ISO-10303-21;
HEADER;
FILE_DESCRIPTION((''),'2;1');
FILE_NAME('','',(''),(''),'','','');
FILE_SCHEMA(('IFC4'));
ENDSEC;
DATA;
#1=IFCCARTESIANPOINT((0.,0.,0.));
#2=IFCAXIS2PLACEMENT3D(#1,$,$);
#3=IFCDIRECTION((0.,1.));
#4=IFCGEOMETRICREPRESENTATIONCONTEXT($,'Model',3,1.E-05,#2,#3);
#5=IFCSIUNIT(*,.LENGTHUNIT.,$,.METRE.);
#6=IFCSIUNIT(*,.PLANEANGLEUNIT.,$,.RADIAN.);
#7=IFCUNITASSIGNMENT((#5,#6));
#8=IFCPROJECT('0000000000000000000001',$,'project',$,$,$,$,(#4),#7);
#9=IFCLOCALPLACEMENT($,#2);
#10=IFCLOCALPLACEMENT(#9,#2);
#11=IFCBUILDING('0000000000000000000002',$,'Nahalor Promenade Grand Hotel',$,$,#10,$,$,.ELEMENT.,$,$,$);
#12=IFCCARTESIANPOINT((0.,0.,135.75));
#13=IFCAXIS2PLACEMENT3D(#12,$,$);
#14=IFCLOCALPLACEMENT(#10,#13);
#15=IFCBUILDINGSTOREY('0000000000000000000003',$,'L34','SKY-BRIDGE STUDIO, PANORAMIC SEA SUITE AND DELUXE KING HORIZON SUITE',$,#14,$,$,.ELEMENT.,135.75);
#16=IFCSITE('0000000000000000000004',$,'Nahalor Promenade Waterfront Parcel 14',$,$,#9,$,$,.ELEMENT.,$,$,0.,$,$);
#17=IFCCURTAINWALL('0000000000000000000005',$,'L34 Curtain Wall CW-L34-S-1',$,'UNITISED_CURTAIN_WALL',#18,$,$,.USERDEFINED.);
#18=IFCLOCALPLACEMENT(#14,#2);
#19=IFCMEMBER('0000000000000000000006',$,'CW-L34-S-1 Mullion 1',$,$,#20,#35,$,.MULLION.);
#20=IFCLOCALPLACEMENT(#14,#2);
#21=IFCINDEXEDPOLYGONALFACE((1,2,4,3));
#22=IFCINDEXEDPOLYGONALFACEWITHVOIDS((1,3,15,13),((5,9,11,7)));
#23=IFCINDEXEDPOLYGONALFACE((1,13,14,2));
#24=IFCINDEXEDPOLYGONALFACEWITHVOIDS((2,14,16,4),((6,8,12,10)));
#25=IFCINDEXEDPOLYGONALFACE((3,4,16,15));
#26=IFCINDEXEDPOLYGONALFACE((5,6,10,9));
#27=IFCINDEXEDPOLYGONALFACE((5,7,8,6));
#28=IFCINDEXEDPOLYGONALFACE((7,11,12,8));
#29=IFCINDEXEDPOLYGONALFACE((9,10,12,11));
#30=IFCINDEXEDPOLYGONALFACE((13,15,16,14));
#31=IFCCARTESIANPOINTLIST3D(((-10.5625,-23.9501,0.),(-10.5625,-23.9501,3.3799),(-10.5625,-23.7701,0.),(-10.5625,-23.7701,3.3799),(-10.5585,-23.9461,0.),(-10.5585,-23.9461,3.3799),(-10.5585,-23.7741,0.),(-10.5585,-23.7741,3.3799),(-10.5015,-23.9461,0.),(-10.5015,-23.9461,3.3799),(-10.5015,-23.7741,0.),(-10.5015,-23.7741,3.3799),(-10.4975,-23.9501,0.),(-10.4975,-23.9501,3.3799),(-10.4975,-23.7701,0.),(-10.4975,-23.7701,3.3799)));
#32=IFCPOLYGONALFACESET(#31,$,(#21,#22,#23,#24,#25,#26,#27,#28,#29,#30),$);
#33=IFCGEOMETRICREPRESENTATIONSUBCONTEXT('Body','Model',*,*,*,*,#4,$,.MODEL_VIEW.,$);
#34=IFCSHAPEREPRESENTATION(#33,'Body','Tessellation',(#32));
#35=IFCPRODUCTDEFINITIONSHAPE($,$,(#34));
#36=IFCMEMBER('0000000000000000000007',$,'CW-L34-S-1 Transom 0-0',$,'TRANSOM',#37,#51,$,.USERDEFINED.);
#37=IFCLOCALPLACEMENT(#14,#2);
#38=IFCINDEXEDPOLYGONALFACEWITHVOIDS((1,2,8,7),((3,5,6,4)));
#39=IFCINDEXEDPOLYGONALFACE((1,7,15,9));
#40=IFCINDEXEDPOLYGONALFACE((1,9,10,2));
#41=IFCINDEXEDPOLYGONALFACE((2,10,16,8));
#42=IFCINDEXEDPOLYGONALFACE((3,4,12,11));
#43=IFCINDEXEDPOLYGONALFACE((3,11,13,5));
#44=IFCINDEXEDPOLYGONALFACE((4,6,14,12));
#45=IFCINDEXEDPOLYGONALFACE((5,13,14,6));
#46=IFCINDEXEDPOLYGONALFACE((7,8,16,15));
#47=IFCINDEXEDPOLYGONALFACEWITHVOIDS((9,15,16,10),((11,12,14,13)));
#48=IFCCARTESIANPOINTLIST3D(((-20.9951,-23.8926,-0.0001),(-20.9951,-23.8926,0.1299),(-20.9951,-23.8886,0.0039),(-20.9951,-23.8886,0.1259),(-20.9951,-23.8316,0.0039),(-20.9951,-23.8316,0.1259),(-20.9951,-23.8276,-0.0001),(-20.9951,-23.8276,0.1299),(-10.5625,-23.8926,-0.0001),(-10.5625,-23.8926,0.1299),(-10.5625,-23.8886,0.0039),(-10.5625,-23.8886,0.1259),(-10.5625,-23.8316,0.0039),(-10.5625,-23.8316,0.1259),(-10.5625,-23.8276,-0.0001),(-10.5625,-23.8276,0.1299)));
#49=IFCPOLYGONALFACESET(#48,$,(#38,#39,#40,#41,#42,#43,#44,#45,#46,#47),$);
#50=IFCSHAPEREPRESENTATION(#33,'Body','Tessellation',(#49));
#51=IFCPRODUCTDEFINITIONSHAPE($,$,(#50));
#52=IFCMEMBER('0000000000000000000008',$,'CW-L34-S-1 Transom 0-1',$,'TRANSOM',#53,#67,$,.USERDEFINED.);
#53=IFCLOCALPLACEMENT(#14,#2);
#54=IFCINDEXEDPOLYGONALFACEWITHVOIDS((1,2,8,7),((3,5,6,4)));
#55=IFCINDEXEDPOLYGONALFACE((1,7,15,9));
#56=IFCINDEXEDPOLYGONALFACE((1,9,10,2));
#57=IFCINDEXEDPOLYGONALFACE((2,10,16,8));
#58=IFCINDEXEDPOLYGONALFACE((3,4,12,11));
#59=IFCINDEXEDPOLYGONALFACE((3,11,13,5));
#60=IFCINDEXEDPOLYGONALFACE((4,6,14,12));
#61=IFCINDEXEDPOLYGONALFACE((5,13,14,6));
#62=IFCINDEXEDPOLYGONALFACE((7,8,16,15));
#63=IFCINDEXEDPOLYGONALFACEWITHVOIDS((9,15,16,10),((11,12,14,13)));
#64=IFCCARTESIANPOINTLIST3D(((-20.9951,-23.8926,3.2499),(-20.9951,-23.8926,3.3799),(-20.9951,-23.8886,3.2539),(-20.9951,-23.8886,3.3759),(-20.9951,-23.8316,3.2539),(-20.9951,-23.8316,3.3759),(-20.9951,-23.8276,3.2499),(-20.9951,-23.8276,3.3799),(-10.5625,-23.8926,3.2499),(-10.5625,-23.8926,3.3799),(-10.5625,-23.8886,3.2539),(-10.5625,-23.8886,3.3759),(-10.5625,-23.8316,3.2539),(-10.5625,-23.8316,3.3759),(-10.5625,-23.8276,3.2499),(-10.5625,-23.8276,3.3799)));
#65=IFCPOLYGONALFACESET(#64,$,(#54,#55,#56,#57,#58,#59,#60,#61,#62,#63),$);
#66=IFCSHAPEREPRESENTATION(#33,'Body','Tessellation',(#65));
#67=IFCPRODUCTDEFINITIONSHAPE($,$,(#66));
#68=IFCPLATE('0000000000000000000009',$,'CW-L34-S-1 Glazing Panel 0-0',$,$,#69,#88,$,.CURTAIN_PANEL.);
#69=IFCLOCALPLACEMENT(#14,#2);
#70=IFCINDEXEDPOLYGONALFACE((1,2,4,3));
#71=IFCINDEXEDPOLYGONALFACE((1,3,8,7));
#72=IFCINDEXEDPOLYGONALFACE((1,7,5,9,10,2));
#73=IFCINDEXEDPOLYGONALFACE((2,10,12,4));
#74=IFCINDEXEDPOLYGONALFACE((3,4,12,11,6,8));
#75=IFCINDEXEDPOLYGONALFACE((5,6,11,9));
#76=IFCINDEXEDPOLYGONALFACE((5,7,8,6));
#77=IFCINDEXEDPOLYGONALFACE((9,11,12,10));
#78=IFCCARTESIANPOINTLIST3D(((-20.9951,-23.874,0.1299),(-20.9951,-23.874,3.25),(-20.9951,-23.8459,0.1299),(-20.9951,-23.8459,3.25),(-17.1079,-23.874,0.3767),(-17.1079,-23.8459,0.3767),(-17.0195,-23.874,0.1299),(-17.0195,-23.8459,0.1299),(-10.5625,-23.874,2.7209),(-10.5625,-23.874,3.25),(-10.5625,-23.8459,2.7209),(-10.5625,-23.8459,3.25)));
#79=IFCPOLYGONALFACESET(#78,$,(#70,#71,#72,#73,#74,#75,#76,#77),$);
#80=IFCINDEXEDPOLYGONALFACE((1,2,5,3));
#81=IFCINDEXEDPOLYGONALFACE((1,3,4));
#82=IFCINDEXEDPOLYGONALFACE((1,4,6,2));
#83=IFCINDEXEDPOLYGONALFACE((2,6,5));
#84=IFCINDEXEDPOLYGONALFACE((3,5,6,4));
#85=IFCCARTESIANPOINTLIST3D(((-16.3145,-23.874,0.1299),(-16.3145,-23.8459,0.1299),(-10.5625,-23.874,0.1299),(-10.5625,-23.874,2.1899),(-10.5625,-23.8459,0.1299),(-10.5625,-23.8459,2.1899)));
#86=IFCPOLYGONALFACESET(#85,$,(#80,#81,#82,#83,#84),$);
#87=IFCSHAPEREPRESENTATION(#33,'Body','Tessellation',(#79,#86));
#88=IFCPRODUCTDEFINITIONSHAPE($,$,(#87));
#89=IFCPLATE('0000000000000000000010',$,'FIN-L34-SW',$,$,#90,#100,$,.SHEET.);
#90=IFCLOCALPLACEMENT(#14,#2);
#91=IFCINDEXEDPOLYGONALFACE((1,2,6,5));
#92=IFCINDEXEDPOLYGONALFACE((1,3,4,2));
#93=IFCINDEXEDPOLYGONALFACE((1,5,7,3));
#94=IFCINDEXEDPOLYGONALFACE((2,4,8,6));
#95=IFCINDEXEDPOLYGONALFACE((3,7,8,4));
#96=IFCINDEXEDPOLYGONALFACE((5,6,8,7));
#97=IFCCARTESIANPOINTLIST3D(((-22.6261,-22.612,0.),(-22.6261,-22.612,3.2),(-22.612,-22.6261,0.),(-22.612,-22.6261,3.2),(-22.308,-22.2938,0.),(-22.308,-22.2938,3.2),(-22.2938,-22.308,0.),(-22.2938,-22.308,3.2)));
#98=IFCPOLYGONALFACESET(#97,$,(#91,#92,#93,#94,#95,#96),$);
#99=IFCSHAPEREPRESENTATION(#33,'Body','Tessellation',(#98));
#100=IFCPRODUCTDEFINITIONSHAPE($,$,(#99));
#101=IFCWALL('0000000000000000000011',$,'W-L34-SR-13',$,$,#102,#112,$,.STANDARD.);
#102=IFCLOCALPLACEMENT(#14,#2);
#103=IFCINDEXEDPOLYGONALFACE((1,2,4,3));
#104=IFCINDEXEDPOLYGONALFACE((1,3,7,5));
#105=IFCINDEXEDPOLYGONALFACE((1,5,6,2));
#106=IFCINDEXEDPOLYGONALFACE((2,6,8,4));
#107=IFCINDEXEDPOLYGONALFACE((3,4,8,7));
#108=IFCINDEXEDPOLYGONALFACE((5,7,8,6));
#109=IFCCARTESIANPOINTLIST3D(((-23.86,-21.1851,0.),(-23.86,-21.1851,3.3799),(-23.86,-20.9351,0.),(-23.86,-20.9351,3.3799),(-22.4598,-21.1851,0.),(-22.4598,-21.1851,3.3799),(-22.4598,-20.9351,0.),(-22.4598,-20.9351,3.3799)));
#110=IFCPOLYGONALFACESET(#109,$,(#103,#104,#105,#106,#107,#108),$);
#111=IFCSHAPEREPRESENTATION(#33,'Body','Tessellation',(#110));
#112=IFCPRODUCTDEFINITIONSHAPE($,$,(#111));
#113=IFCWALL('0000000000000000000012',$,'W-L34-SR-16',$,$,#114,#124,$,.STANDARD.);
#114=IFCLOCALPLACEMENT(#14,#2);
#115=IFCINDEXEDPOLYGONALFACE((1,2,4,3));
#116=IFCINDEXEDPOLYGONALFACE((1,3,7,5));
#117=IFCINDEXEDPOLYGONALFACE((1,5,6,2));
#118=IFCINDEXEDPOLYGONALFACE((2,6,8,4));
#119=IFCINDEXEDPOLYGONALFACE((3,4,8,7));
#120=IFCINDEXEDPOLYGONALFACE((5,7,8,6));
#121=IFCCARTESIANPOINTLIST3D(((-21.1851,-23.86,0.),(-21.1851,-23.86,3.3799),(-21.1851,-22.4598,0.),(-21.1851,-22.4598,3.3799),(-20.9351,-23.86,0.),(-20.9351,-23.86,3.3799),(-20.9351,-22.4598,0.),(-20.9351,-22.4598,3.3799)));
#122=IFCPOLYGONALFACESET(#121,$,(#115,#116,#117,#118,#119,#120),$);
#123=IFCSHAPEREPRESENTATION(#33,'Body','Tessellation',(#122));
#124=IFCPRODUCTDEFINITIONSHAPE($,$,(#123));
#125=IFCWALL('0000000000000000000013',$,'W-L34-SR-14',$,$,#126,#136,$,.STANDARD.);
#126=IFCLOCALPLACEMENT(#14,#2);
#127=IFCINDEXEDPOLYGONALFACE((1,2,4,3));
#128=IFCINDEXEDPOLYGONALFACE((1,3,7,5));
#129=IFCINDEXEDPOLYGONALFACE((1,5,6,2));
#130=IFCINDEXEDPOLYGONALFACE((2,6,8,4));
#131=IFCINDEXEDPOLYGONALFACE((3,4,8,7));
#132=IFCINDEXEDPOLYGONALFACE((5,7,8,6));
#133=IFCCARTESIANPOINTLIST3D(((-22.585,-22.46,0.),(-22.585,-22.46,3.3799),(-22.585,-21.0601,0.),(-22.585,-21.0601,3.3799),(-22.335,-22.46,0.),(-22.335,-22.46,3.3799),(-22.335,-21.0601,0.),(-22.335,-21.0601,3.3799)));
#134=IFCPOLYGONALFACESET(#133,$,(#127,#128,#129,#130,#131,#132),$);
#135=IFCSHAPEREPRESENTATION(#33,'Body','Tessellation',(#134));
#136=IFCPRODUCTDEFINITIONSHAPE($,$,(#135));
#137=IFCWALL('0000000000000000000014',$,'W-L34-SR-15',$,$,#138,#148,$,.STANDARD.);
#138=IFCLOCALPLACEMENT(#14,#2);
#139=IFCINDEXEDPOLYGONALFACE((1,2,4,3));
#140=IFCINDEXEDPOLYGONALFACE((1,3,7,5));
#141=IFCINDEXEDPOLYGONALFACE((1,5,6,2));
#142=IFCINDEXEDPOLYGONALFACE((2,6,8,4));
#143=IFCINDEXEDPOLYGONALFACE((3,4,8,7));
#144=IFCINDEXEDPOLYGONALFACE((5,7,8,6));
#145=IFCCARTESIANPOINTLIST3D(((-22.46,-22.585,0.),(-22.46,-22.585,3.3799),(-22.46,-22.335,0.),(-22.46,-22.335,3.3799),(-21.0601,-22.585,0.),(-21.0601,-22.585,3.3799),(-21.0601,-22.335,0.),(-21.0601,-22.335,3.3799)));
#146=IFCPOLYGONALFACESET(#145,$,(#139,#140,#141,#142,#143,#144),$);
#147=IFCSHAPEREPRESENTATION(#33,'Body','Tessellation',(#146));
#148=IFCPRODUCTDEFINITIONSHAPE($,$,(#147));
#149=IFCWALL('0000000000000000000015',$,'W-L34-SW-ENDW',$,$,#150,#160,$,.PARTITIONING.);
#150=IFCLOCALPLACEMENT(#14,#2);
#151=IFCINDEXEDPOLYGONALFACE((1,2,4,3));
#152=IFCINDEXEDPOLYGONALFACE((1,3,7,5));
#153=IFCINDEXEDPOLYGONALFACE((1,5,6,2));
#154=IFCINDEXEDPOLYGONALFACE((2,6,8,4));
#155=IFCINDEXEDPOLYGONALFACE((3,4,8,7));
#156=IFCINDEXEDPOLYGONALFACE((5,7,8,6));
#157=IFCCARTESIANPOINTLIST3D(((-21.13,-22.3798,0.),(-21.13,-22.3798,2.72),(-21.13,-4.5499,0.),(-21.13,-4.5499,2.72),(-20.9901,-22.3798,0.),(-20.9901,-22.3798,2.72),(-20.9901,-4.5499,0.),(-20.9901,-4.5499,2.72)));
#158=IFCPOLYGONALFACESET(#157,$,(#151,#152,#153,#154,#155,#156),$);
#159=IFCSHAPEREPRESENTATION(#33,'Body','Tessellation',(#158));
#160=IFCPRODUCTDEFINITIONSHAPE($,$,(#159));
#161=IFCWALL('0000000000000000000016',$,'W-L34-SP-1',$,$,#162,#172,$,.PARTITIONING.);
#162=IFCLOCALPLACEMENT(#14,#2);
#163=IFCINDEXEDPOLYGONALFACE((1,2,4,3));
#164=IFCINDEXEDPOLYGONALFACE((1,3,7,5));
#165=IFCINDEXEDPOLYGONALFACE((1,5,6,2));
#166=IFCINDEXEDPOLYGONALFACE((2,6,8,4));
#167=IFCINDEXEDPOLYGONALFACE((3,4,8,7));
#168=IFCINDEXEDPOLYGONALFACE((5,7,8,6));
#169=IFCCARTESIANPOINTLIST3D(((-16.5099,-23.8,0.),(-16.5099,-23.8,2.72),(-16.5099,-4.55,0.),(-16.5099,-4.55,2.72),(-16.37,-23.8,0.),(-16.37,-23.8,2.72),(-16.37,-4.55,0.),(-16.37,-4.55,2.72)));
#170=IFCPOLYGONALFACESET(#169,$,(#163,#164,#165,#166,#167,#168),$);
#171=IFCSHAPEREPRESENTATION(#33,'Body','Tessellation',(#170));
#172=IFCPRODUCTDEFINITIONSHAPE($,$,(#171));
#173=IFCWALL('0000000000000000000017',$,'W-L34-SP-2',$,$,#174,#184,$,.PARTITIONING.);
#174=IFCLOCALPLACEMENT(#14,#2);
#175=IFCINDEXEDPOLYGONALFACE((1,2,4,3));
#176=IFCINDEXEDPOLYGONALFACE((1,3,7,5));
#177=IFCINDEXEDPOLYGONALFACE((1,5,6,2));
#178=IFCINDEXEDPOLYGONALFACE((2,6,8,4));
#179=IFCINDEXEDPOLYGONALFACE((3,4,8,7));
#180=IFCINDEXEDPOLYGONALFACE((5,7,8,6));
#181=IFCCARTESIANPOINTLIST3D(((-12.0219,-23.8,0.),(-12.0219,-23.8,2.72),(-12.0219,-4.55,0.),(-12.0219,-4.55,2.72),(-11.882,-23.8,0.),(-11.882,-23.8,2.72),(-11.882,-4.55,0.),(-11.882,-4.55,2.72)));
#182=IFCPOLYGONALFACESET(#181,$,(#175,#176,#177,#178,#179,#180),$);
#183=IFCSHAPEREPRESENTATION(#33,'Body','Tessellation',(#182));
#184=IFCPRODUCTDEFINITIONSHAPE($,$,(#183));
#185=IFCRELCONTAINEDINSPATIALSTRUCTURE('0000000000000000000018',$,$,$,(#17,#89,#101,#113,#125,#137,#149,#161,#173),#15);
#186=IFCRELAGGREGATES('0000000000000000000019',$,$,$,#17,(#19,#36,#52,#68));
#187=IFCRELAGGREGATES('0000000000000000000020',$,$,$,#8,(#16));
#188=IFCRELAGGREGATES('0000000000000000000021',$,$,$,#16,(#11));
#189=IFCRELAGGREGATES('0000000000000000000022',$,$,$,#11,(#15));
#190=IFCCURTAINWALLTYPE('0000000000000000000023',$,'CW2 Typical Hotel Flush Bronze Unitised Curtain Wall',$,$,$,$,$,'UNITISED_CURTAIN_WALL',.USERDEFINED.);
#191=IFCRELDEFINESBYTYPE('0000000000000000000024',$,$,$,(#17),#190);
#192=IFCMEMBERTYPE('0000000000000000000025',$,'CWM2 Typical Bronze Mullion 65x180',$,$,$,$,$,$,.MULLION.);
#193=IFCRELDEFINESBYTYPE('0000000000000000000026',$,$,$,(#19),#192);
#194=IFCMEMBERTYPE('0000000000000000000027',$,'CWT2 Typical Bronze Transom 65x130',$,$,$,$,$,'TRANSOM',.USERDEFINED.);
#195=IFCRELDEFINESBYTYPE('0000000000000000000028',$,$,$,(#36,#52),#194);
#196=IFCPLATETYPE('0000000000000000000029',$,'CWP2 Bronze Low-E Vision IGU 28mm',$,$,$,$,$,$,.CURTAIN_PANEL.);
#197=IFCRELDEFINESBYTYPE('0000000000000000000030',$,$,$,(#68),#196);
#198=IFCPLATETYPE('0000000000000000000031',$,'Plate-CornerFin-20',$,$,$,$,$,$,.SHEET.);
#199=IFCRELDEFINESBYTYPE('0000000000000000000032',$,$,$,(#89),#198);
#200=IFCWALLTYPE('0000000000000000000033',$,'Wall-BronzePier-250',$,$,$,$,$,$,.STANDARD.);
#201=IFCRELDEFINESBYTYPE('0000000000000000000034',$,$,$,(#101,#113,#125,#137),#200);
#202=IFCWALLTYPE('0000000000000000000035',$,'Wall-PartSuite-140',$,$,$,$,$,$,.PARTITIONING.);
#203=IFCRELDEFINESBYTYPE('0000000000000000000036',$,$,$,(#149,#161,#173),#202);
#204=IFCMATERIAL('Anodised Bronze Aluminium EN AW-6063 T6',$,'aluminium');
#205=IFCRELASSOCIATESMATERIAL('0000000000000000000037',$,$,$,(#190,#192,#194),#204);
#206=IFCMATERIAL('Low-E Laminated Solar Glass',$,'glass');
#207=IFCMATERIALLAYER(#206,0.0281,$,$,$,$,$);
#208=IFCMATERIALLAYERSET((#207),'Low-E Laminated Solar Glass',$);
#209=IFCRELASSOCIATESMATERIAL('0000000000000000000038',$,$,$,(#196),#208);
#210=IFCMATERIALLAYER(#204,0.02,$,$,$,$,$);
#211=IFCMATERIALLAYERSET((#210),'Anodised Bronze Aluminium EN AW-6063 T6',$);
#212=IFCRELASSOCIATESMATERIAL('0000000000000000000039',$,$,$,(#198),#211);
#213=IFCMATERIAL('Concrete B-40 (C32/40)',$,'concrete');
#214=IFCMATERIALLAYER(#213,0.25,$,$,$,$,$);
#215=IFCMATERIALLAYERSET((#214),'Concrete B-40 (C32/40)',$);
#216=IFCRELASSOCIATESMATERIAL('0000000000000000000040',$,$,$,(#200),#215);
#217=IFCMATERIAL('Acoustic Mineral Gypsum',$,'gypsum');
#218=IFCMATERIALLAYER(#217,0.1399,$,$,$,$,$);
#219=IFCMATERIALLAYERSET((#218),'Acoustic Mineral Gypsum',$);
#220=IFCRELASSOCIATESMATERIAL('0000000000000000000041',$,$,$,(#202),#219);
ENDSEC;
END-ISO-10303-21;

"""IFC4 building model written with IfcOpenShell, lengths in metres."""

from ifc_helpers import new_model, si_unit, direction, frame, frame_2d, origin, origin_2d, place, context, subcontext, project, spatial, polyline, rectangle, hollow_rectangle, outline, extrude, source, transform, mapped, material, layer, layer_set, material_profile, profile_set, type_object, element, aggregate, save


model = new_model("IFC4")

# Units and contexts
model_context = context("Model", 3, precision=1e-05, world=origin(), true_north=direction((0.0, 1.0)))
body_context = subcontext(model_context, "Body", "Model", "MODEL_VIEW")
ifc_project = project(units=[si_unit("LENGTHUNIT", "METRE"), si_unit("PLANEANGLEUNIT", "RADIAN")], contexts=[model_context])

# Site, building, storey
site_placement = place(None, origin())
site = spatial("IfcSite", under=ifc_project, at=site_placement, Name="Nahalor Promenade Waterfront Parcel 14", CompositionType="ELEMENT", RefElevation=0.0)
building_placement = place(site_placement, origin())
building = spatial("IfcBuilding", under=site, at=building_placement, Name="Nahalor Promenade Grand Hotel", CompositionType="ELEMENT")
storey_placement = place(building_placement, frame((0.0, 0.0, 135.75)))
storey = spatial("IfcBuildingStorey", under=building, at=storey_placement, Name="L34", Description="SKY-BRIDGE STUDIO, PANORAMIC SEA SUITE AND DELUXE KING HORIZON SUITE", CompositionType="ELEMENT", Elevation=135.75)

# Curtain wall, members, plate
ifc_material_1 = material(Name="Anodised Bronze Aluminium EN AW-6063 T6", Category="aluminium")
curtain_wall_type = type_object("IfcCurtainWallType", Name="CW2 Typical Hotel Flush Bronze Unitised Curtain Wall", ElementType="UNITISED_CURTAIN_WALL", PredefinedType="USERDEFINED", material=ifc_material_1)
curtain_wall_placement = place(storey_placement, origin())
curtain_wall = element("IfcCurtainWall", 1, at=curtain_wall_placement, inside=storey, type_object=curtain_wall_type, Name="L34 Curtain Wall CW-L34-S-1", ObjectType="UNITISED_CURTAIN_WALL", PredefinedType="USERDEFINED")
ifc_material_profile_1 = material_profile(ifc_material_1, hollow_rectangle(XDim=0.065, YDim=0.18, WallThickness=0.004, at=origin_2d()), Name="CWM 65x180x4")
ifc_profile_set_1 = profile_set([ifc_material_profile_1], Name="Anodised Bronze Aluminium EN AW-6063 T6")
member_type_1 = type_object("IfcMemberType", Name="CWM2 Typical Bronze Mullion 65x180", PredefinedType="MULLION", material=ifc_profile_set_1)
shared_shape_1 = source(origin(), body_context, "Body", "SweptSolid", [
    extrude(hollow_rectangle(XDim=0.065, YDim=0.18, WallThickness=0.004, at=origin_2d()), origin(), (0.0, 0.0, 1.0), 3.3799),
])
member_1_placement = place(storey_placement, frame((-10.53, -23.8601, 0.0), z_axis=(0.0, 0.0, 1.0), x_axis=(1.0, 0.0, 0.0)))
member_1 = element("IfcMember", 2, at=member_1_placement, type_object=member_type_1, Name="CW-L34-S-1 Mullion 1", PredefinedType="MULLION", context=body_context, shape_type="MappedRepresentation", body=[
    mapped(shared_shape_1, transform((0.0, 0.0, 0.0), scale=1.0)),
])
ifc_material_profile_2 = material_profile(ifc_material_1, hollow_rectangle(XDim=0.065, YDim=0.13, WallThickness=0.004, at=origin_2d()), Name="CWT 65x130x4")
ifc_profile_set_2 = profile_set([ifc_material_profile_2], Name="Anodised Bronze Aluminium EN AW-6063 T6")
member_type_2 = type_object("IfcMemberType", Name="CWT2 Typical Bronze Transom 65x130", ElementType="TRANSOM", PredefinedType="USERDEFINED", material=ifc_profile_set_2)
shared_shape_2 = source(origin(), body_context, "Body", "SweptSolid", [
    extrude(hollow_rectangle(XDim=0.065, YDim=0.13, WallThickness=0.004, at=origin_2d()), origin(), (0.0, 0.0, 1.0), 10.4326),
])
member_2_placement = place(storey_placement, frame((-20.9951, -23.8601, 0.0649), z_axis=(1.0, 0.0, 0.0), x_axis=(0.0, 1.0, 0.0)))
member_2 = element("IfcMember", 3, at=member_2_placement, type_object=member_type_2, Name="CW-L34-S-1 Transom 0-0", ObjectType="TRANSOM", PredefinedType="USERDEFINED", context=body_context, shape_type="MappedRepresentation", body=[
    mapped(shared_shape_2, transform((0.0, 0.0, 0.0), scale=1.0)),
])
member_3_placement = place(storey_placement, frame((-20.9951, -23.8601, 3.3149), z_axis=(1.0, 0.0, 0.0), x_axis=(0.0, 1.0, 0.0)))
member_3 = element("IfcMember", 4, at=member_3_placement, type_object=member_type_2, Name="CW-L34-S-1 Transom 0-1", ObjectType="TRANSOM", PredefinedType="USERDEFINED", context=body_context, shape_type="MappedRepresentation", body=[
    mapped(shared_shape_2, transform((0.0, 0.0, 0.0), scale=1.0)),
])
ifc_material_2 = material(Name="Low-E Laminated Solar Glass", Category="glass")
ifc_layer_1 = layer(ifc_material_2, 0.0281)
ifc_layer_set_1 = layer_set([ifc_layer_1], Name="Low-E Laminated Solar Glass")
plate_type_1 = type_object("IfcPlateType", Name="CWP2 Bronze Low-E Vision IGU 28mm", PredefinedType="CURTAIN_PANEL", material=ifc_layer_set_1)
plate_1_placement = place(storey_placement, frame((-15.7788, -23.8601, 0.1299), z_axis=(0.0, 0.0, 1.0), x_axis=(1.0, 0.0, 0.0)))
plate_1 = element("IfcPlate", 5, at=plate_1_placement, type_object=plate_type_1, Name="CW-L34-S-1 Glazing Panel 0-0", PredefinedType="CURTAIN_PANEL", context=body_context, shape_type="SweptSolid", body=[
    extrude(outline(polyline([(-5.2163, 3.1201), (-5.2163, 0.0), (-1.2407, 0.0), (-1.3291, 0.2468), (5.2163, 2.5911), (5.2163, 3.1201), (-5.2163, 3.1201)])), frame((0.0, 0.0142, 0.0), z_axis=(0.0, -1.0, 0.0), x_axis=(1.0, 0.0, 0.0)), (0.0, 0.0, 1.0), 0.0281),
    extrude(outline(polyline([(-0.5356, 0.0), (5.2163, 0.0), (5.2163, 2.0601), (-0.5356, 0.0)])), frame((0.0, 0.0142, 0.0), z_axis=(0.0, -1.0, 0.0), x_axis=(1.0, 0.0, 0.0)), (0.0, 0.0, 1.0), 0.0281),
])
aggregate(curtain_wall, [member_1, member_2, member_3, plate_1])

# Plate
ifc_layer_2 = layer(ifc_material_1, 0.02)
ifc_layer_set_2 = layer_set([ifc_layer_2], Name="Anodised Bronze Aluminium EN AW-6063 T6")
plate_type_2 = type_object("IfcPlateType", Name="Plate-CornerFin-20", PredefinedType="SHEET", material=ifc_layer_set_2)
shared_shape_3 = source(origin(), body_context, "Body", "SweptSolid", [
    extrude(rectangle(XDim=0.45, YDim=0.02, at=origin_2d()), origin(), (0.0, 0.0, 1.0), 3.2),
])
plate_2_placement = place(storey_placement, frame((-22.46, -22.46, 0.0), z_axis=(0.0, 0.0, 1.0), x_axis=(0.707107, 0.707107, 0.0)))
element("IfcPlate", 6, at=plate_2_placement, inside=storey, type_object=plate_type_2, Name="FIN-L34-SW", PredefinedType="SHEET", context=body_context, shape_type="MappedRepresentation", body=[
    mapped(shared_shape_3, transform((0.0, 0.0, 0.0), scale=1.0)),
])

# Walls
ifc_material_3 = material(Name="Concrete B-40 (C32/40)", Category="concrete")
ifc_layer_3 = layer(ifc_material_3, 0.25)
ifc_layer_set_3 = layer_set([ifc_layer_3], Name="Concrete B-40 (C32/40)")
wall_type_1 = type_object("IfcWallType", Name="Wall-BronzePier-250", PredefinedType="STANDARD", material=ifc_layer_set_3)
shared_shape_4 = source(origin(), body_context, "Body", "SweptSolid", [
    extrude(rectangle(XDim=1.4001, YDim=0.25, at=frame_2d((0.7002, 0.0))), origin(), (0.0, 0.0, 1.0), 3.3799),
])
for number, where, z_axis, x_axis, name in (
    (7, (-23.8601, -21.0601, 0.0), (0.0, 0.0, 1.0), (1.0, 0.0, 0.0), "W-L34-SR-13"),
    (8, (-21.0601, -23.8601, 0.0), (0.0, 0.0, 1.0), (0.0, 1.0, 0.0), "W-L34-SR-16"),
):
    element("IfcWall", number, at=place(storey_placement, frame(where, z_axis=z_axis, x_axis=x_axis)), inside=storey, type_object=wall_type_1, Name=name, PredefinedType="STANDARD", context=body_context, shape_type="MappedRepresentation", body=[
        mapped(shared_shape_4, transform((0.0, 0.0, 0.0), scale=1.0)),
    ])
shared_shape_5 = source(origin(), body_context, "Body", "SweptSolid", [
    extrude(rectangle(XDim=1.3999, YDim=0.25, at=frame_2d((0.7, 0.0))), origin(), (0.0, 0.0, 1.0), 3.3799),
])
for number, where, z_axis, x_axis, name in (
    (9, (-22.46, -22.46, 0.0), (0.0, 0.0, 1.0), (0.0, 1.0, 0.0), "W-L34-SR-14"),
    (10, (-22.46, -22.46, 0.0), (0.0, 0.0, 1.0), (1.0, 0.0, 0.0), "W-L34-SR-15"),
):
    element("IfcWall", number, at=place(storey_placement, frame(where, z_axis=z_axis, x_axis=x_axis)), inside=storey, type_object=wall_type_1, Name=name, PredefinedType="STANDARD", context=body_context, shape_type="MappedRepresentation", body=[
        mapped(shared_shape_5, transform((0.0, 0.0, 0.0), scale=1.0)),
    ])
ifc_material_4 = material(Name="Acoustic Mineral Gypsum", Category="gypsum")
ifc_layer_4 = layer(ifc_material_4, 0.1399)
ifc_layer_set_4 = layer_set([ifc_layer_4], Name="Acoustic Mineral Gypsum")
wall_type_2 = type_object("IfcWallType", Name="Wall-PartSuite-140", PredefinedType="PARTITIONING", material=ifc_layer_set_4)
shared_shape_6 = source(origin(), body_context, "Body", "SweptSolid", [
    extrude(rectangle(XDim=17.8298, YDim=0.1399, at=frame_2d((8.915, 0.0))), origin(), (0.0, 0.0, 1.0), 2.72),
])
wall_1_placement = place(storey_placement, frame((-21.0601, -22.3799, 0.0), z_axis=(0.0, 0.0, 1.0), x_axis=(0.0, 1.0, 0.0)))
element("IfcWall", 11, at=wall_1_placement, inside=storey, type_object=wall_type_2, Name="W-L34-SW-ENDW", PredefinedType="PARTITIONING", context=body_context, shape_type="MappedRepresentation", body=[
    mapped(shared_shape_6, transform((0.0, 0.0, 0.0), scale=1.0)),
])
shared_shape_7 = source(origin(), body_context, "Body", "SweptSolid", [
    extrude(rectangle(XDim=19.25, YDim=0.1399, at=frame_2d((9.625, 0.0))), origin(), (0.0, 0.0, 1.0), 2.72),
])
for number, where, z_axis, x_axis, name in (
    (12, (-16.4399, -23.8, 0.0), (0.0, 0.0, 1.0), (0.0, 1.0, 0.0), "W-L34-SP-1"),
    (13, (-11.9519, -23.8, 0.0), (0.0, 0.0, 1.0), (0.0, 1.0, 0.0), "W-L34-SP-2"),
):
    element("IfcWall", number, at=place(storey_placement, frame(where, z_axis=z_axis, x_axis=x_axis)), inside=storey, type_object=wall_type_2, Name=name, PredefinedType="PARTITIONING", context=body_context, shape_type="MappedRepresentation", body=[
        mapped(shared_shape_7, transform((0.0, 0.0, 0.0), scale=1.0)),
    ])

save(model, "model.ifc")
